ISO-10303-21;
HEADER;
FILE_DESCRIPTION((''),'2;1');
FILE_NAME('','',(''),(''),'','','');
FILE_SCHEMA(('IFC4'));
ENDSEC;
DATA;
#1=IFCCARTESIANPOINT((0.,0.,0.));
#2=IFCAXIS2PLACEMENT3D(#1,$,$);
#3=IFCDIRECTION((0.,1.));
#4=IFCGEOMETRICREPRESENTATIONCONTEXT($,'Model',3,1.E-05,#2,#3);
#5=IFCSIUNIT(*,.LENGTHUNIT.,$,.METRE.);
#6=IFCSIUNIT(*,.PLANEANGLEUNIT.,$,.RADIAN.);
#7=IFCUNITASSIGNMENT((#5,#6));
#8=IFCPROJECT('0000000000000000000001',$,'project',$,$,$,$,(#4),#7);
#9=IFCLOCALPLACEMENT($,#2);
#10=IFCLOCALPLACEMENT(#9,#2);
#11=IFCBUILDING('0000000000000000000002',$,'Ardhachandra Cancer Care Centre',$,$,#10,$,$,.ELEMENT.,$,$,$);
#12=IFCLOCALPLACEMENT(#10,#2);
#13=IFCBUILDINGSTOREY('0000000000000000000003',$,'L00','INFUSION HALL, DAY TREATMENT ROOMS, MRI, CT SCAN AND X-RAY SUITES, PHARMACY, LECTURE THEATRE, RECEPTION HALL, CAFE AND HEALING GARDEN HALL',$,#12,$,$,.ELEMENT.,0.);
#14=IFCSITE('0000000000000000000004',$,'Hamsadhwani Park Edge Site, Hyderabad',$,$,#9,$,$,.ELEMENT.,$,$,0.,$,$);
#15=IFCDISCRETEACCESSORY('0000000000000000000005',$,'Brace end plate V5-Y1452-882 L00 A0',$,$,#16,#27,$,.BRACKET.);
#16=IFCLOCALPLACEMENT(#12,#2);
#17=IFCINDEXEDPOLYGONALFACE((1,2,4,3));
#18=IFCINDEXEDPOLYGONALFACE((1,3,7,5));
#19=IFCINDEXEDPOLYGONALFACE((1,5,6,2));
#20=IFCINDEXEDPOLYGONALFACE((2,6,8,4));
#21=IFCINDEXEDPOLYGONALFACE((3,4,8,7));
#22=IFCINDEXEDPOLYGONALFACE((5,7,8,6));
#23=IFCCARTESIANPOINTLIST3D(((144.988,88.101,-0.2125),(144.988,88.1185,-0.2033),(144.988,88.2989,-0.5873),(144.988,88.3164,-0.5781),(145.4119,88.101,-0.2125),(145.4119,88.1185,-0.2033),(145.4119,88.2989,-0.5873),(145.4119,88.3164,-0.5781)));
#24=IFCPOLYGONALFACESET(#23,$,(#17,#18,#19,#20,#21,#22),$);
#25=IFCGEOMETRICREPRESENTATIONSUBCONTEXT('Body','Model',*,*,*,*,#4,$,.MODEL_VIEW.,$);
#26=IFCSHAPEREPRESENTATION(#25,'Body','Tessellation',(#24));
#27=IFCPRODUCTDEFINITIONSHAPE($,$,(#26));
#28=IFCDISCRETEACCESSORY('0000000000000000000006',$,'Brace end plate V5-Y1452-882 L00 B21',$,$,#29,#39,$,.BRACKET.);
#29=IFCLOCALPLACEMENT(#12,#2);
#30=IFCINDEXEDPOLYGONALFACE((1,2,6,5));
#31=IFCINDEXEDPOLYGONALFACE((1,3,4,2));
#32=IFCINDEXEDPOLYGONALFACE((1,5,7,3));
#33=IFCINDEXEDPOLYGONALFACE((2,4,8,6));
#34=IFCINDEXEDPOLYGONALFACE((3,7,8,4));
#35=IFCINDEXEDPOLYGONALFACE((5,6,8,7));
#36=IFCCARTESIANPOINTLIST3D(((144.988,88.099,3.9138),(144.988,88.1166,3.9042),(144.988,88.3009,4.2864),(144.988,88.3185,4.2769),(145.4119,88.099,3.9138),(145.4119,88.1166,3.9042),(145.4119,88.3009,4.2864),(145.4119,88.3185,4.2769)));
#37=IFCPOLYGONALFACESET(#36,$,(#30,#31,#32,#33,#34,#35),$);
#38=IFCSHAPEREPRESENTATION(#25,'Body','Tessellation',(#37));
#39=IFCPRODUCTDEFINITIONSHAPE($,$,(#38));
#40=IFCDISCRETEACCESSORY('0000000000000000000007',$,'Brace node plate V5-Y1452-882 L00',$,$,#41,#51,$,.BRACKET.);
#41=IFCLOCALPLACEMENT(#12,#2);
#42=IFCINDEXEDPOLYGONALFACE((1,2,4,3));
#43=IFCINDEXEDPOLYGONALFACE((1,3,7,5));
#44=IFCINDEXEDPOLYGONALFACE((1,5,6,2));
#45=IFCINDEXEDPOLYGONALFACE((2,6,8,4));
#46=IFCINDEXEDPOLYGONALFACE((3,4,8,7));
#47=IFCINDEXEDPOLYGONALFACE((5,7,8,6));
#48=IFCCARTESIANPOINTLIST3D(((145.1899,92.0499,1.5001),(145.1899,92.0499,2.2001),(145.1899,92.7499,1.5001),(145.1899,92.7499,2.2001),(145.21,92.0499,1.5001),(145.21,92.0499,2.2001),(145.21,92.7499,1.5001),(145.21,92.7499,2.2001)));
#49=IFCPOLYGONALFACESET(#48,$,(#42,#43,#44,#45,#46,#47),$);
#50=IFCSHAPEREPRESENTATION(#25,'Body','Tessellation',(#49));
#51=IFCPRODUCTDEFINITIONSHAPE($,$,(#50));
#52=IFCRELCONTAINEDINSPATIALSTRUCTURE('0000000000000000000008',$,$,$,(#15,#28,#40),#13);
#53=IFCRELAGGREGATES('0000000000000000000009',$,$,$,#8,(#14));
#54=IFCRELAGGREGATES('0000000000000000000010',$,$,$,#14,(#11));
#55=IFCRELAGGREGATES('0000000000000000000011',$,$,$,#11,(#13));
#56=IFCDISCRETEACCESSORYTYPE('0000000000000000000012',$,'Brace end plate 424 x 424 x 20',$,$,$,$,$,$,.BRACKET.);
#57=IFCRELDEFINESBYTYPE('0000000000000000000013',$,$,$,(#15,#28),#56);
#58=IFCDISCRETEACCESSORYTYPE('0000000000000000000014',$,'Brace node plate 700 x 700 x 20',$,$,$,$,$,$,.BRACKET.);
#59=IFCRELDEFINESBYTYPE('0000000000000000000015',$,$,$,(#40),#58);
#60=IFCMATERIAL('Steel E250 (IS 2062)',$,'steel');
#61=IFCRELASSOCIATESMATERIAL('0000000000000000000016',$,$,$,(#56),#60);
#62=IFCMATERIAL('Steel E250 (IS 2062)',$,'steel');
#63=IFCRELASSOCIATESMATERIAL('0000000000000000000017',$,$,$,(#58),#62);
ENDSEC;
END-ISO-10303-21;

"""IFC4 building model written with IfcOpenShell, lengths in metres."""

from ifc_helpers import new_model, si_unit, direction, frame, origin, origin_2d, place, context, subcontext, project, spatial, rectangle, extrude, material, material_profile, profile_set, type_object, element, save


model = new_model("IFC4")

# Units and contexts
model_context = context("Model", 3, precision=1e-05, world=origin(), true_north=direction((0.0, 1.0)))
body_context = subcontext(model_context, "Body", "Model", "MODEL_VIEW")
ifc_project = project(units=[si_unit("LENGTHUNIT", "METRE"), si_unit("PLANEANGLEUNIT", "RADIAN")], contexts=[model_context])

# Site, building, storey
site_placement = place(None, origin())
site = spatial("IfcSite", under=ifc_project, at=site_placement, Name="Hamsadhwani Park Edge Site, Hyderabad", CompositionType="ELEMENT", RefElevation=0.0)
building_placement = place(site_placement, origin())
building = spatial("IfcBuilding", under=site, at=building_placement, Name="Ardhachandra Cancer Care Centre", CompositionType="ELEMENT")
storey_placement = place(building_placement, origin())
storey = spatial("IfcBuildingStorey", under=building, at=storey_placement, Name="L00", Description="INFUSION HALL, DAY TREATMENT ROOMS, MRI, CT SCAN AND X-RAY SUITES, PHARMACY, LECTURE THEATRE, RECEPTION HALL, CAFE AND HEALING GARDEN HALL", CompositionType="ELEMENT", Elevation=0.0)

# Discrete accessories
ifc_material_1 = material(Name="Steel E250 (IS 2062)", Category="steel")
ifc_material_profile_1 = material_profile(ifc_material_1, rectangle(XDim=0.4238, YDim=0.4238, at=origin_2d()), Name="PL 424x424x20")
ifc_profile_set_1 = profile_set([ifc_material_profile_1], Name="Steel E250 (IS 2062)")
discrete_accessory_type_1 = type_object("IfcDiscreteAccessoryType", Name="Brace end plate 424 x 424 x 20", PredefinedType="BRACKET", material=ifc_profile_set_1)
discrete_accessory_1_placement = place(storey_placement, frame((145.2, 88.2, -0.3999), z_axis=(0.0, 0.884385, 0.466759), x_axis=(-1.0, 0.0, 0.0)))
element("IfcDiscreteAccessory", 1, at=discrete_accessory_1_placement, inside=storey, type_object=discrete_accessory_type_1, Name="Brace end plate V5-Y1452-882 L00 A0", PredefinedType="BRACKET", context=body_context, shape_type="SweptSolid", body=[
    extrude(rectangle(XDim=0.4238, YDim=0.4238, at=origin_2d()), origin(), (0.0, 0.0, 1.0), 0.0198),
])
discrete_accessory_2_placement = place(storey_placement, frame((145.2, 88.2, 4.1001), z_axis=(0.0, 0.879292, -0.476283), x_axis=(-1.0, 0.0, 0.0)))
element("IfcDiscreteAccessory", 2, at=discrete_accessory_2_placement, inside=storey, type_object=discrete_accessory_type_1, Name="Brace end plate V5-Y1452-882 L00 B21", PredefinedType="BRACKET", context=body_context, shape_type="SweptSolid", body=[
    extrude(rectangle(XDim=0.4238, YDim=0.4238, at=origin_2d()), origin(), (0.0, 0.0, 1.0), 0.02),
])
ifc_material_2 = material(Name="Steel E250 (IS 2062)", Category="steel")
ifc_material_profile_2 = material_profile(ifc_material_2, rectangle(XDim=0.7, YDim=0.7, at=origin_2d()), Name="PL 700x700x20")
ifc_profile_set_2 = profile_set([ifc_material_profile_2], Name="Steel E250 (IS 2062)")
discrete_accessory_type_2 = type_object("IfcDiscreteAccessoryType", Name="Brace node plate 700 x 700 x 20", PredefinedType="BRACKET", material=ifc_profile_set_2)
discrete_accessory_3_placement = place(storey_placement, frame((145.1899, 92.3999, 1.8501), z_axis=(1.0, 0.0, 0.0), x_axis=(0.0, 1.0, 0.0)))
element("IfcDiscreteAccessory", 3, at=discrete_accessory_3_placement, inside=storey, type_object=discrete_accessory_type_2, Name="Brace node plate V5-Y1452-882 L00", PredefinedType="BRACKET", context=body_context, shape_type="SweptSolid", body=[
    extrude(rectangle(XDim=0.7, YDim=0.7, at=origin_2d()), origin(), (0.0, 0.0, 1.0), 0.02),
])

save(model, "model.ifc")
